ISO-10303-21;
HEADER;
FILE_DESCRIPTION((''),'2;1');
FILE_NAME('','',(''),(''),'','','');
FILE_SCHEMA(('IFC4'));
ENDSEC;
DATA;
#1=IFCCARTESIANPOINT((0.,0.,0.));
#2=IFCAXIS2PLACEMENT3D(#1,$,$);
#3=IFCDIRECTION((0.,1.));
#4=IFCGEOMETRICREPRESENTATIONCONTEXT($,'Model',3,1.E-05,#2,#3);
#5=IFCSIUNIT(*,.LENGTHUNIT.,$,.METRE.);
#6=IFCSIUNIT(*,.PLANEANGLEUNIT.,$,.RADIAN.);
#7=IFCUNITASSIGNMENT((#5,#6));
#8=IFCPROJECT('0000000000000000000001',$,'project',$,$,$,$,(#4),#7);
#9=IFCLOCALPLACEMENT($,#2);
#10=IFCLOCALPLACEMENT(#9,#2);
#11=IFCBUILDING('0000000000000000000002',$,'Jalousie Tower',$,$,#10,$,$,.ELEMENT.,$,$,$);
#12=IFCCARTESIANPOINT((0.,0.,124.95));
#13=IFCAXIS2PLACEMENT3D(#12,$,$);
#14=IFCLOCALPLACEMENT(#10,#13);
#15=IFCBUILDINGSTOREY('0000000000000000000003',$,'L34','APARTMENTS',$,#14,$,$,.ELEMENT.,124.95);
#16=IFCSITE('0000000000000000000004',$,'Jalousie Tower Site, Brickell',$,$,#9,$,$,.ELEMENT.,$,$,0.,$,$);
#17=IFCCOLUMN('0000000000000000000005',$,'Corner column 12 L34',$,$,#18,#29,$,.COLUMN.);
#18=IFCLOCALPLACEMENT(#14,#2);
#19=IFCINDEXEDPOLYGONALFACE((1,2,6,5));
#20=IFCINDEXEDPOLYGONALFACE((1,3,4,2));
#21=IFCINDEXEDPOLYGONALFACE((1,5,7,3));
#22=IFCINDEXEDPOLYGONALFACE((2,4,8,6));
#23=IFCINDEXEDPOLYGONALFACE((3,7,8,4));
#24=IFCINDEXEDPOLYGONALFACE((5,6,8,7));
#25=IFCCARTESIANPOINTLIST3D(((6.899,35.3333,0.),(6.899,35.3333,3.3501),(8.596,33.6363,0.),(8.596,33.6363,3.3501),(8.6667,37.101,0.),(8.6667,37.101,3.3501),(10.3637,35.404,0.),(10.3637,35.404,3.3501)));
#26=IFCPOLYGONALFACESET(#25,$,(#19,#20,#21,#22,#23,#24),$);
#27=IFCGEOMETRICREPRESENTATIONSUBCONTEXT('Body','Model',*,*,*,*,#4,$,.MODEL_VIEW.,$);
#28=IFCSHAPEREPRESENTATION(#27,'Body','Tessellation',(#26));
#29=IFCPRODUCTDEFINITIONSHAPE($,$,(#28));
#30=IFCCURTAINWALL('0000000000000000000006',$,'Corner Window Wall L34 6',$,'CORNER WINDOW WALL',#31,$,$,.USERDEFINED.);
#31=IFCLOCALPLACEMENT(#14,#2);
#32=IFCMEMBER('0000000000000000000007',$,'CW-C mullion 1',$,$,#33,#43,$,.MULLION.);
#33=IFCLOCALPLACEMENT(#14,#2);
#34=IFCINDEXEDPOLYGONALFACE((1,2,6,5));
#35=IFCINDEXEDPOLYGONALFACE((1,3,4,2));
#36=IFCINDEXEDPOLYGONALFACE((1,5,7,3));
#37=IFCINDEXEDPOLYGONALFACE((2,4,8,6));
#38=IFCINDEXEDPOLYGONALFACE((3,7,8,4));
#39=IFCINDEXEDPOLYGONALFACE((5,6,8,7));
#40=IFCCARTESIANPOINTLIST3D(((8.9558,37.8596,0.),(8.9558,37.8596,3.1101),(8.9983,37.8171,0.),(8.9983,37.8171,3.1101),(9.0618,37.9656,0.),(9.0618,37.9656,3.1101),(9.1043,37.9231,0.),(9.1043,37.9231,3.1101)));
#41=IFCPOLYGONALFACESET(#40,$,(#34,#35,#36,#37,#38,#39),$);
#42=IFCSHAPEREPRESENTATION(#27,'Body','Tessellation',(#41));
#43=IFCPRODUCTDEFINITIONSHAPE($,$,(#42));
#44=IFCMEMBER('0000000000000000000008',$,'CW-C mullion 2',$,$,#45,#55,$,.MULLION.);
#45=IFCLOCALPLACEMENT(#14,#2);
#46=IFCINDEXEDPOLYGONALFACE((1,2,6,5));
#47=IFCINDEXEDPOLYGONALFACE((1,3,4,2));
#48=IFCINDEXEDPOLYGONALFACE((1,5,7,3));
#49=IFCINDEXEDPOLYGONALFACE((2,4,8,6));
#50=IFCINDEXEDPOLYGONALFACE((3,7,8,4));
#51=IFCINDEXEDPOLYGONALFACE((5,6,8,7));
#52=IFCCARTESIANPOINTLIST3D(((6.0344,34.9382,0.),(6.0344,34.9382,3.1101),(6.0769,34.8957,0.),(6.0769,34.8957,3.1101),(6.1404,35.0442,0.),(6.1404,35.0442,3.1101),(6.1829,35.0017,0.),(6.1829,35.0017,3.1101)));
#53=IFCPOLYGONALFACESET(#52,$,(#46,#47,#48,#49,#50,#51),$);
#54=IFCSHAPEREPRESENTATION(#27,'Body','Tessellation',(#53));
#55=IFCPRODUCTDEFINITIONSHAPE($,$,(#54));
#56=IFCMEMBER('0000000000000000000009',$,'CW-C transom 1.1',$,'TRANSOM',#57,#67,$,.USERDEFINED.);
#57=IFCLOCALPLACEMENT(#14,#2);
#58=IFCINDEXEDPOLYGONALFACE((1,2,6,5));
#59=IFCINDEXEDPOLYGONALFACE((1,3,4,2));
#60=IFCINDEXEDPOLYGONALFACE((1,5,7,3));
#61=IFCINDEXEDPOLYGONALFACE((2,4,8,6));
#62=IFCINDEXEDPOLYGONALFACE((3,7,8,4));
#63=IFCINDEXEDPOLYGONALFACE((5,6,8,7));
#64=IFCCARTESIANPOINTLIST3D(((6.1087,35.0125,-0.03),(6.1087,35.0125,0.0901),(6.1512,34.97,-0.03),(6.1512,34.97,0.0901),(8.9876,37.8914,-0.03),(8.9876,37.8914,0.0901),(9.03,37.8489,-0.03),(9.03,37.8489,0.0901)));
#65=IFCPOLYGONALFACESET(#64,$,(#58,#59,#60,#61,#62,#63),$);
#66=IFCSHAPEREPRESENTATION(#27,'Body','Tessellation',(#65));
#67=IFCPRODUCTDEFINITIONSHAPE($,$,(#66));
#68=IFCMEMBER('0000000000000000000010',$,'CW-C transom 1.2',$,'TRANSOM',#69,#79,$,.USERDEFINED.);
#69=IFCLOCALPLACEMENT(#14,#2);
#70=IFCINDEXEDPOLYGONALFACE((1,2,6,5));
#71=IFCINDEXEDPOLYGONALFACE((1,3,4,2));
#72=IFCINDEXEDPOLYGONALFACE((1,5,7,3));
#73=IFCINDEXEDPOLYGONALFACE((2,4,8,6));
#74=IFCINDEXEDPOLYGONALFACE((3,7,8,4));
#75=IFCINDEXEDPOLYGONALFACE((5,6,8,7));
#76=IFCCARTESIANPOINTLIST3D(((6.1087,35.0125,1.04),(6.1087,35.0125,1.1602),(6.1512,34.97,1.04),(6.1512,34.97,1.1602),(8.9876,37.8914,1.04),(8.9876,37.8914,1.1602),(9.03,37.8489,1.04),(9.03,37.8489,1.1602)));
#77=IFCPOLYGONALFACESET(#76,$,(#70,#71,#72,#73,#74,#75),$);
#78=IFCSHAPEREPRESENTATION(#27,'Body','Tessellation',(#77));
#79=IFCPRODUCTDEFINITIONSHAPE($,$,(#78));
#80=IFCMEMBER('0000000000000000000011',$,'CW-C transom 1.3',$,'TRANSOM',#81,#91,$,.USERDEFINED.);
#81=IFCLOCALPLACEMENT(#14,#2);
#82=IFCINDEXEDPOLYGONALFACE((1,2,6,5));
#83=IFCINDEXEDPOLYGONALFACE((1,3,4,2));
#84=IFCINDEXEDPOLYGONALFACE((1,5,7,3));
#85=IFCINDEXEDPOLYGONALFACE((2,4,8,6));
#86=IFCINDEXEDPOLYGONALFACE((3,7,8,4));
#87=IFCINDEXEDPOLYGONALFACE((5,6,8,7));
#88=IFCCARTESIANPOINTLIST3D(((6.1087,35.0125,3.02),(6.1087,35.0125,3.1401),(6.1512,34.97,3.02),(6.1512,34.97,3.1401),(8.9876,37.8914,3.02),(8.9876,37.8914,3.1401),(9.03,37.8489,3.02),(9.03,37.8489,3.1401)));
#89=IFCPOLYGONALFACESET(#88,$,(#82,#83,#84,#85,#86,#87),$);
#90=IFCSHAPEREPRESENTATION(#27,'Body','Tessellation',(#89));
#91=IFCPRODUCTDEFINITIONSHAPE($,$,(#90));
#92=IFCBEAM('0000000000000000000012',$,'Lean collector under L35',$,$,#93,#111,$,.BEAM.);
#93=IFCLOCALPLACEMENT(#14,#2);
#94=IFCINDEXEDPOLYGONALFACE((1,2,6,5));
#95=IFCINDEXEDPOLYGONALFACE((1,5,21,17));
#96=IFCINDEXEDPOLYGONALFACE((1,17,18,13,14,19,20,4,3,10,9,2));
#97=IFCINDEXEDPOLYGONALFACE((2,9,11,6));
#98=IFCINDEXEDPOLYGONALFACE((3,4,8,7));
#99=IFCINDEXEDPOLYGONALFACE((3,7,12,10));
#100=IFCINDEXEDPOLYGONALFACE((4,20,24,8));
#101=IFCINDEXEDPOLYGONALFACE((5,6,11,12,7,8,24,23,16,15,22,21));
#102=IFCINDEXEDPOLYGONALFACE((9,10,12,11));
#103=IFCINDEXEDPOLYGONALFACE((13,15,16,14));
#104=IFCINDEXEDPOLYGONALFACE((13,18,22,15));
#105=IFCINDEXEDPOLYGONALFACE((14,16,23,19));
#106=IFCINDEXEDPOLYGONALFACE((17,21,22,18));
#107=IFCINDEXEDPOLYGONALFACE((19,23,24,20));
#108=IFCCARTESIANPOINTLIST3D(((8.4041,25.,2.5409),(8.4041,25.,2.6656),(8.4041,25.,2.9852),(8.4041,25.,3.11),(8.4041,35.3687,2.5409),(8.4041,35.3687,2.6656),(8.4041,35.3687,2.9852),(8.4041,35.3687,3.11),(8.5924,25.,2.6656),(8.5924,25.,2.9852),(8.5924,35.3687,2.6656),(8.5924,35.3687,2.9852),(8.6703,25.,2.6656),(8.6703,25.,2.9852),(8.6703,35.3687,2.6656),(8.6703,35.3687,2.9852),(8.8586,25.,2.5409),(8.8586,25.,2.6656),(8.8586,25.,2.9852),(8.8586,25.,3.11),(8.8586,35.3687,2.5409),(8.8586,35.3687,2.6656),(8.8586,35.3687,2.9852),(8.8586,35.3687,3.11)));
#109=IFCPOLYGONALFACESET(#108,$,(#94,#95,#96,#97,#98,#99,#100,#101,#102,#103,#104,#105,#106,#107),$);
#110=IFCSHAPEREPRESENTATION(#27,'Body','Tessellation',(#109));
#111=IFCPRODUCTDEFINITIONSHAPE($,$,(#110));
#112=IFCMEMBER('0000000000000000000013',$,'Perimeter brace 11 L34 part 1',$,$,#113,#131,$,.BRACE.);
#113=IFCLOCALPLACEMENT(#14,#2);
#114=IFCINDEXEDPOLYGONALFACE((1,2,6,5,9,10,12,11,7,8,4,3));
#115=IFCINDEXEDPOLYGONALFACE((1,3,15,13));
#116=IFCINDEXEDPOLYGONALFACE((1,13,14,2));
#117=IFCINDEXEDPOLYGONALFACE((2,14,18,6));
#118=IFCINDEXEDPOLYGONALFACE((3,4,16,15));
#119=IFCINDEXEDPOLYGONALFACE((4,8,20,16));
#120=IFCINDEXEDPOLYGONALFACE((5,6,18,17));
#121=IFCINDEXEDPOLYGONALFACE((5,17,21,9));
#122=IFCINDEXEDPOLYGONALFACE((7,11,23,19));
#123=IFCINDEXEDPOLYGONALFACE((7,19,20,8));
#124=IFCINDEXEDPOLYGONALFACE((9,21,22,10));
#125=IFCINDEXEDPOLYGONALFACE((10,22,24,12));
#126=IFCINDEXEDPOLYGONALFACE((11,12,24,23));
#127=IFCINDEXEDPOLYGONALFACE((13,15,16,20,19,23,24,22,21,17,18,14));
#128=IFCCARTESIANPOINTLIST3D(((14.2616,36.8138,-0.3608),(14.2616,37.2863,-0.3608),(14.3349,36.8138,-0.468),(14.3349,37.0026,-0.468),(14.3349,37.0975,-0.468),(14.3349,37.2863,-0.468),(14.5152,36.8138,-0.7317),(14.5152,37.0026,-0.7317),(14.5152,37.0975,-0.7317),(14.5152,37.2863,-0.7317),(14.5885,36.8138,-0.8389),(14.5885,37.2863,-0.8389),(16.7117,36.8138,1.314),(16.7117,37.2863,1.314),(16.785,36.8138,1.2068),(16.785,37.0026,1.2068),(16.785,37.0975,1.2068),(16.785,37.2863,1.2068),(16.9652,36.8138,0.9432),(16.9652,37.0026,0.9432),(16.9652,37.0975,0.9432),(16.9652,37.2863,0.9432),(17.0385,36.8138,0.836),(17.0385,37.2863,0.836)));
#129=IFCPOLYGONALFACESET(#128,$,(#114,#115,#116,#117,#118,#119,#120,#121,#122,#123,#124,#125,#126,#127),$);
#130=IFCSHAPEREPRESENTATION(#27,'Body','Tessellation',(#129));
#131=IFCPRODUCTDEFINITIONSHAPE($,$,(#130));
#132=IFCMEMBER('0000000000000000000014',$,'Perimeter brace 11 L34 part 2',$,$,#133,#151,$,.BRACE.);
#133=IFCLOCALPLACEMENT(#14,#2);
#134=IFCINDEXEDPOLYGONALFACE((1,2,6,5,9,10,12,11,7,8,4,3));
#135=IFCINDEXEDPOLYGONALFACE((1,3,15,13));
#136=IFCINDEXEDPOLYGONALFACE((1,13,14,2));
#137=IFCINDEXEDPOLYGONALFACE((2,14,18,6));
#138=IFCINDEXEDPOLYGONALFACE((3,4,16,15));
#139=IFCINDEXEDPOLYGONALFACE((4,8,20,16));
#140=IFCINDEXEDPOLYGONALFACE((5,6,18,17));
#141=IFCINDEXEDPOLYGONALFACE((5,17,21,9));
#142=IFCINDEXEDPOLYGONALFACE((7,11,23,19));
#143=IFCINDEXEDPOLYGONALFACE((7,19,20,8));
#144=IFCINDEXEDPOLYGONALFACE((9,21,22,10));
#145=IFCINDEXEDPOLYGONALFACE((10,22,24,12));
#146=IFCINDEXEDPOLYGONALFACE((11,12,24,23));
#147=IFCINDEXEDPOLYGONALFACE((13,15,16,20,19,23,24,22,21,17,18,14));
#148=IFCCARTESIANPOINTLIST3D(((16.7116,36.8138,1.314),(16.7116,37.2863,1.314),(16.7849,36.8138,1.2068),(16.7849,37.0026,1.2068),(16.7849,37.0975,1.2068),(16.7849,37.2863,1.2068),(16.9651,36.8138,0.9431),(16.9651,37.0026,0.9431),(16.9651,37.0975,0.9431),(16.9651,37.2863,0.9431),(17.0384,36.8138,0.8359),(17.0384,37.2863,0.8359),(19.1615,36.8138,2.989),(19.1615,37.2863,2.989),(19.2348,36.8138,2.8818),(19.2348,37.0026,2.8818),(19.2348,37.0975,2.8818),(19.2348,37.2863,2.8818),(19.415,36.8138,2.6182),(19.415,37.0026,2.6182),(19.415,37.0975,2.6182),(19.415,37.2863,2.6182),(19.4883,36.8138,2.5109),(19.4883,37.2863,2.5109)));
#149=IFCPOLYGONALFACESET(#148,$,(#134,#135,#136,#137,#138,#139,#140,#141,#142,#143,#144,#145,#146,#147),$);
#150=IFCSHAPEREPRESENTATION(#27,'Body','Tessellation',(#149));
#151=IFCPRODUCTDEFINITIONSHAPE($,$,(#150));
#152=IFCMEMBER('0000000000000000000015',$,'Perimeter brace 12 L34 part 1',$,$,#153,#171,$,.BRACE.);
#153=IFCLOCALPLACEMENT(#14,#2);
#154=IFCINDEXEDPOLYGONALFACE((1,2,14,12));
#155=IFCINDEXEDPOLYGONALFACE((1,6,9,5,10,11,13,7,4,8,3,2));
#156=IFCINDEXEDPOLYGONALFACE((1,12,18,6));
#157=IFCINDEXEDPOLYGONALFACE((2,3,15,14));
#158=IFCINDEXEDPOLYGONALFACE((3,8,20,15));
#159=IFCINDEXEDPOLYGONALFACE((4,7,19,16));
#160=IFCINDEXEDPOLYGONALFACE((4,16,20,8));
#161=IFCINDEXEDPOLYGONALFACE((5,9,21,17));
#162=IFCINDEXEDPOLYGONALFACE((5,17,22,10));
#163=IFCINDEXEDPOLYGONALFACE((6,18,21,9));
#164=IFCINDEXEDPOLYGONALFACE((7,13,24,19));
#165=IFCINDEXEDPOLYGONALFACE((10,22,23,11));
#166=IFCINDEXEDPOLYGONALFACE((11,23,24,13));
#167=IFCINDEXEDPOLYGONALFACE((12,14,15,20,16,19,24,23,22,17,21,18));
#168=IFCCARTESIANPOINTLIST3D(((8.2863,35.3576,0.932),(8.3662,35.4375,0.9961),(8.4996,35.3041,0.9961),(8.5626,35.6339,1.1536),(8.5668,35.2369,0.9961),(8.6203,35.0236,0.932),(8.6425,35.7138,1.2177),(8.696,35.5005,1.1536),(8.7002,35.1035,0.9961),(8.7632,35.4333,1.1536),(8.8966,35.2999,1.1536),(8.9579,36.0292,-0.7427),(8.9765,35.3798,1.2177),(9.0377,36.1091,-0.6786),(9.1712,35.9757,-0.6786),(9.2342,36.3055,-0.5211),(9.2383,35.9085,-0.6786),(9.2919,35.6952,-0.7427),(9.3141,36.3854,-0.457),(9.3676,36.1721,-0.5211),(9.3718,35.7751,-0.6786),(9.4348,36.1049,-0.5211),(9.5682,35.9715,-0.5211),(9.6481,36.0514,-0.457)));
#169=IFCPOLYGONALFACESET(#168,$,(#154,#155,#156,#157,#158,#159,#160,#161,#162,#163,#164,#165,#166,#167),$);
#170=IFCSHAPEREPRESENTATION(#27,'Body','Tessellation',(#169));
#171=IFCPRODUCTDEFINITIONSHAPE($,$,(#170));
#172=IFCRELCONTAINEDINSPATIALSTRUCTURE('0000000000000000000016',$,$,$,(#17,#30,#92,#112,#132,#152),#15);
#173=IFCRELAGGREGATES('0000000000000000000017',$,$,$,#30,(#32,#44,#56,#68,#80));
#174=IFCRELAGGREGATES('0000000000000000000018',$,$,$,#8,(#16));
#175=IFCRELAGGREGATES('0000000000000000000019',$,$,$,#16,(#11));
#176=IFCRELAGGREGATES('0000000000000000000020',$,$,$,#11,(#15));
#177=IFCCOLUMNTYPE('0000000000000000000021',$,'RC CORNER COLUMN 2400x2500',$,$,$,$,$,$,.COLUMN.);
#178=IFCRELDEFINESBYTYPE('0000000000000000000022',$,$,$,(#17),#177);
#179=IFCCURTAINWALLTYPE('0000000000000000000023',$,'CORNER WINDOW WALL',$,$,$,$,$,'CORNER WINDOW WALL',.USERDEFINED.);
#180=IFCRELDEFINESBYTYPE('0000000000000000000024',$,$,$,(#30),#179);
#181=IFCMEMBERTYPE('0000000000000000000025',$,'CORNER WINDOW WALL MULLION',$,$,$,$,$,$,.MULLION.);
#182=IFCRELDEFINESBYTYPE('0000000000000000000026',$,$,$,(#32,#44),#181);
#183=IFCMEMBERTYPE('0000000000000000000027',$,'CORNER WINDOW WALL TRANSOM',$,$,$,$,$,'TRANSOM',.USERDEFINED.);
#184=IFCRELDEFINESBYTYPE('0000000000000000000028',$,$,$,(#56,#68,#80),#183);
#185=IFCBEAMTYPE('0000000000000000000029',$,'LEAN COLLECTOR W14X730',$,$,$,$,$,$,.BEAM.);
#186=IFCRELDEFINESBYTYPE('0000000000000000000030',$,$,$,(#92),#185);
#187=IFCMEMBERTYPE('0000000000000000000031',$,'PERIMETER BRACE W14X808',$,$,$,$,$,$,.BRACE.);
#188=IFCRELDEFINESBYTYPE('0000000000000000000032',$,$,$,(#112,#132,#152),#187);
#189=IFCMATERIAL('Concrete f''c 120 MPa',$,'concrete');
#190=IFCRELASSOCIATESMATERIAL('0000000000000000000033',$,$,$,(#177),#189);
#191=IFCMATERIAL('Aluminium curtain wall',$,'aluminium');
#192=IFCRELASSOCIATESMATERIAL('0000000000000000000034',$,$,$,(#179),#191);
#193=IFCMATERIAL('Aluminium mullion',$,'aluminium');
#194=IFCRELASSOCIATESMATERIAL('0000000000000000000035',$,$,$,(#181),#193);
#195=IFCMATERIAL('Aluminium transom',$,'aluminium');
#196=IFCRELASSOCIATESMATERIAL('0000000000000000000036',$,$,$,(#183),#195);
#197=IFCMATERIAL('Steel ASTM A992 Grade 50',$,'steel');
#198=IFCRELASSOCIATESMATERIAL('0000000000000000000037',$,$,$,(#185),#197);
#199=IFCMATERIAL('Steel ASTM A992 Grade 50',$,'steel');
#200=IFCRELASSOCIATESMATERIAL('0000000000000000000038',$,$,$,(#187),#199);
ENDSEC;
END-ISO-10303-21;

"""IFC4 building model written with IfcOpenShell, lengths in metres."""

from ifc_helpers import new_model, si_unit, direction, frame, origin, origin_2d, place, context, subcontext, project, spatial, rectangle, i_section, extrude, material, material_profile, profile_set, type_object, element, aggregate, save


model = new_model("IFC4")

# Units and contexts
model_context = context("Model", 3, precision=1e-05, world=origin(), true_north=direction((0.0, 1.0)))
body_context = subcontext(model_context, "Body", "Model", "MODEL_VIEW")
ifc_project = project(units=[si_unit("LENGTHUNIT", "METRE"), si_unit("PLANEANGLEUNIT", "RADIAN")], contexts=[model_context])

# Site, building, storey
site_placement = place(None, origin())
site = spatial("IfcSite", under=ifc_project, at=site_placement, Name="Jalousie Tower Site, Brickell", CompositionType="ELEMENT", RefElevation=0.0)
building_placement = place(site_placement, origin())
building = spatial("IfcBuilding", under=site, at=building_placement, Name="Jalousie Tower", CompositionType="ELEMENT")
storey_placement = place(building_placement, frame((0.0, 0.0, 124.95)))
storey = spatial("IfcBuildingStorey", under=building, at=storey_placement, Name="L34", Description="APARTMENTS", CompositionType="ELEMENT", Elevation=124.95)

# Column
ifc_material_1 = material(Name="Concrete f'c 120 MPa", Category="concrete")
ifc_material_profile_1 = material_profile(ifc_material_1, rectangle(XDim=2.3999, YDim=2.5, at=origin_2d()), Name="RC 2400x2500")
ifc_profile_set_1 = profile_set([ifc_material_profile_1], Name="Concrete f'c 120 MPa")
column_type = type_object("IfcColumnType", Name="RC CORNER COLUMN 2400x2500", PredefinedType="COLUMN", material=ifc_profile_set_1)
column_placement = place(storey_placement, frame((8.6313, 35.3687, 0.0), z_axis=(0.0, 0.0, 1.0), x_axis=(0.707107, -0.707107, 0.0)))
element("IfcColumn", 1, at=column_placement, inside=storey, type_object=column_type, Name="Corner column 12 L34", PredefinedType="COLUMN", context=body_context, shape_type="SweptSolid", body=[
    extrude(rectangle(XDim=2.3999, YDim=2.5, at=origin_2d()), origin(), (0.0, 0.0, 1.0), 3.3501),
])

# Curtain wall, members
ifc_material_2 = material(Name="Aluminium curtain wall", Category="aluminium")
curtain_wall_type_1 = type_object("IfcCurtainWallType", Name="CORNER WINDOW WALL", ElementType="CORNER WINDOW WALL", PredefinedType="USERDEFINED", material=ifc_material_2)
curtain_wall_1_placement = place(storey_placement, origin())
curtain_wall_1 = element("IfcCurtainWall", 2, at=curtain_wall_1_placement, inside=storey, type_object=curtain_wall_type_1, Name="Corner Window Wall L34 6", ObjectType="CORNER WINDOW WALL", PredefinedType="USERDEFINED")
ifc_material_3 = material(Name="Aluminium mullion", Category="aluminium")
ifc_material_profile_2 = material_profile(ifc_material_3, rectangle(XDim=0.0601, YDim=0.1499, at=origin_2d()), Name="MULLION 60x150")
ifc_profile_set_2 = profile_set([ifc_material_profile_2], Name="Aluminium mullion")
member_type_1 = type_object("IfcMemberType", Name="CORNER WINDOW WALL MULLION", PredefinedType="MULLION", material=ifc_profile_set_2)
member_1_placement = place(storey_placement, frame((9.03, 37.8914, 0.0), z_axis=(0.0, 0.0, 1.0), x_axis=(0.707107, -0.707107, 0.0)))
member_1 = element("IfcMember", 3, at=member_1_placement, type_object=member_type_1, Name="CW-C mullion 1", PredefinedType="MULLION", context=body_context, shape_type="SweptSolid", body=[
    extrude(rectangle(XDim=0.0601, YDim=0.1499, at=origin_2d()), origin(), (0.0, 0.0, 1.0), 3.1101),
])
member_2_placement = place(storey_placement, frame((6.1086, 34.97, 0.0), z_axis=(0.0, 0.0, 1.0), x_axis=(0.707107, -0.707107, 0.0)))
member_2 = element("IfcMember", 4, at=member_2_placement, type_object=member_type_1, Name="CW-C mullion 2", PredefinedType="MULLION", context=body_context, shape_type="SweptSolid", body=[
    extrude(rectangle(XDim=0.0601, YDim=0.1499, at=origin_2d()), origin(), (0.0, 0.0, 1.0), 3.1101),
])
ifc_material_4 = material(Name="Aluminium transom", Category="aluminium")
ifc_material_profile_3 = material_profile(ifc_material_4, rectangle(XDim=0.0601, YDim=0.1201, at=origin_2d()), Name="TRANSOM 60x120")
ifc_profile_set_3 = profile_set([ifc_material_profile_3], Name="Aluminium transom")
member_type_2 = type_object("IfcMemberType", Name="CORNER WINDOW WALL TRANSOM", ElementType="TRANSOM", PredefinedType="USERDEFINED", material=ifc_profile_set_3)
member_3_placement = place(storey_placement, frame((9.0088, 37.8701, 0.03), z_axis=(-0.707107, -0.707107, 0.0), x_axis=(0.707107, -0.707107, 0.0)))
member_3 = element("IfcMember", 5, at=member_3_placement, type_object=member_type_2, Name="CW-C transom 1.1", ObjectType="TRANSOM", PredefinedType="USERDEFINED", context=body_context, shape_type="SweptSolid", body=[
    extrude(rectangle(XDim=0.0601, YDim=0.1201, at=origin_2d()), origin(), (0.0, 0.0, 1.0), 4.0713),
])
member_4_placement = place(storey_placement, frame((9.0088, 37.8701, 1.1001), z_axis=(-0.707107, -0.707107, 0.0), x_axis=(0.707107, -0.707107, 0.0)))
member_4 = element("IfcMember", 6, at=member_4_placement, type_object=member_type_2, Name="CW-C transom 1.2", ObjectType="TRANSOM", PredefinedType="USERDEFINED", context=body_context, shape_type="SweptSolid", body=[
    extrude(rectangle(XDim=0.0601, YDim=0.1201, at=origin_2d()), origin(), (0.0, 0.0, 1.0), 4.0713),
])
member_5_placement = place(storey_placement, frame((9.0088, 37.8701, 3.0801), z_axis=(-0.707107, -0.707107, 0.0), x_axis=(0.707107, -0.707107, 0.0)))
member_5 = element("IfcMember", 7, at=member_5_placement, type_object=member_type_2, Name="CW-C transom 1.3", ObjectType="TRANSOM", PredefinedType="USERDEFINED", context=body_context, shape_type="SweptSolid", body=[
    extrude(rectangle(XDim=0.0601, YDim=0.1201, at=origin_2d()), origin(), (0.0, 0.0, 1.0), 4.0713),
])

# Beam
ifc_material_5 = material(Name="Steel ASTM A992 Grade 50", Category="steel")
ifc_material_profile_4 = material_profile(ifc_material_5, i_section(OverallWidth=0.4546, OverallDepth=0.5691, WebThickness=0.0779, FlangeThickness=0.1248, at=origin_2d()), Name="W14X730")
ifc_profile_set_4 = profile_set([ifc_material_profile_4], Name="Steel ASTM A992 Grade 50")
beam_type_1 = type_object("IfcBeamType", Name="LEAN COLLECTOR W14X730", PredefinedType="BEAM", material=ifc_profile_set_4)
beam_1_placement = place(storey_placement, frame((8.6313, 35.3687, 2.8254), z_axis=(0.0, -1.0, 0.0), x_axis=(1.0, 0.0, 0.0)))
element("IfcBeam", 8, at=beam_1_placement, inside=storey, type_object=beam_type_1, Name="Lean collector under L35", PredefinedType="BEAM", context=body_context, shape_type="SweptSolid", body=[
    extrude(i_section(OverallWidth=0.4546, OverallDepth=0.5691, WebThickness=0.0779, FlangeThickness=0.1248, at=origin_2d()), origin(), (0.0, 0.0, 1.0), 10.3687),
])

# Members
ifc_material_6 = material(Name="Steel ASTM A992 Grade 50", Category="steel")
ifc_material_profile_5 = material_profile(ifc_material_6, i_section(OverallWidth=0.4724, OverallDepth=0.5791, WebThickness=0.095, FlangeThickness=0.1299, at=origin_2d()), Name="W14X808")
ifc_profile_set_5 = profile_set([ifc_material_profile_5], Name="Steel ASTM A992 Grade 50")
member_type_3 = type_object("IfcMemberType", Name="PERIMETER BRACE W14X808", PredefinedType="BRACE", material=ifc_profile_set_5)
for number, where, z_axis, x_axis, name in (
    (9, (14.425, 37.05, -0.5999), (0.825539, 0.0, 0.564345), (0.0, 1.0, 0.0), "Perimeter brace 11 L34 part 1"),
    (10, (16.875, 37.05, 1.075), (0.825501, 0.0, 0.564401), (0.0, 1.0, 0.0), "Perimeter brace 11 L34 part 2"),
):
    element("IfcMember", number, at=place(storey_placement, frame(where, z_axis=z_axis, x_axis=x_axis)), inside=storey, type_object=member_type_3, Name=name, PredefinedType="BRACE", context=body_context, shape_type="SweptSolid", body=[
        extrude(i_section(OverallWidth=0.4724, OverallDepth=0.5791, WebThickness=0.095, FlangeThickness=0.1299, at=origin_2d()), origin(), (0.0, 0.0, 1.0), 2.9678),
    ])
member_6_placement = place(storey_placement, frame((9.303, 36.0403, -0.5999), z_axis=(-0.348828, -0.348828, 0.86985), x_axis=(0.707107, -0.707107, 0.0)))
element("IfcMember", 11, at=member_6_placement, inside=storey, type_object=member_type_3, Name="Perimeter brace 12 L34 part 1", PredefinedType="BRACE", context=body_context, shape_type="SweptSolid", body=[
    extrude(i_section(OverallWidth=0.4724, OverallDepth=0.5791, WebThickness=0.095, FlangeThickness=0.1299, at=origin_2d()), origin(), (0.0, 0.0, 1.0), 1.9253),
])

aggregate(curtain_wall_1, [member_1, member_2, member_3, member_4, member_5])

save(model, "model.ifc")
